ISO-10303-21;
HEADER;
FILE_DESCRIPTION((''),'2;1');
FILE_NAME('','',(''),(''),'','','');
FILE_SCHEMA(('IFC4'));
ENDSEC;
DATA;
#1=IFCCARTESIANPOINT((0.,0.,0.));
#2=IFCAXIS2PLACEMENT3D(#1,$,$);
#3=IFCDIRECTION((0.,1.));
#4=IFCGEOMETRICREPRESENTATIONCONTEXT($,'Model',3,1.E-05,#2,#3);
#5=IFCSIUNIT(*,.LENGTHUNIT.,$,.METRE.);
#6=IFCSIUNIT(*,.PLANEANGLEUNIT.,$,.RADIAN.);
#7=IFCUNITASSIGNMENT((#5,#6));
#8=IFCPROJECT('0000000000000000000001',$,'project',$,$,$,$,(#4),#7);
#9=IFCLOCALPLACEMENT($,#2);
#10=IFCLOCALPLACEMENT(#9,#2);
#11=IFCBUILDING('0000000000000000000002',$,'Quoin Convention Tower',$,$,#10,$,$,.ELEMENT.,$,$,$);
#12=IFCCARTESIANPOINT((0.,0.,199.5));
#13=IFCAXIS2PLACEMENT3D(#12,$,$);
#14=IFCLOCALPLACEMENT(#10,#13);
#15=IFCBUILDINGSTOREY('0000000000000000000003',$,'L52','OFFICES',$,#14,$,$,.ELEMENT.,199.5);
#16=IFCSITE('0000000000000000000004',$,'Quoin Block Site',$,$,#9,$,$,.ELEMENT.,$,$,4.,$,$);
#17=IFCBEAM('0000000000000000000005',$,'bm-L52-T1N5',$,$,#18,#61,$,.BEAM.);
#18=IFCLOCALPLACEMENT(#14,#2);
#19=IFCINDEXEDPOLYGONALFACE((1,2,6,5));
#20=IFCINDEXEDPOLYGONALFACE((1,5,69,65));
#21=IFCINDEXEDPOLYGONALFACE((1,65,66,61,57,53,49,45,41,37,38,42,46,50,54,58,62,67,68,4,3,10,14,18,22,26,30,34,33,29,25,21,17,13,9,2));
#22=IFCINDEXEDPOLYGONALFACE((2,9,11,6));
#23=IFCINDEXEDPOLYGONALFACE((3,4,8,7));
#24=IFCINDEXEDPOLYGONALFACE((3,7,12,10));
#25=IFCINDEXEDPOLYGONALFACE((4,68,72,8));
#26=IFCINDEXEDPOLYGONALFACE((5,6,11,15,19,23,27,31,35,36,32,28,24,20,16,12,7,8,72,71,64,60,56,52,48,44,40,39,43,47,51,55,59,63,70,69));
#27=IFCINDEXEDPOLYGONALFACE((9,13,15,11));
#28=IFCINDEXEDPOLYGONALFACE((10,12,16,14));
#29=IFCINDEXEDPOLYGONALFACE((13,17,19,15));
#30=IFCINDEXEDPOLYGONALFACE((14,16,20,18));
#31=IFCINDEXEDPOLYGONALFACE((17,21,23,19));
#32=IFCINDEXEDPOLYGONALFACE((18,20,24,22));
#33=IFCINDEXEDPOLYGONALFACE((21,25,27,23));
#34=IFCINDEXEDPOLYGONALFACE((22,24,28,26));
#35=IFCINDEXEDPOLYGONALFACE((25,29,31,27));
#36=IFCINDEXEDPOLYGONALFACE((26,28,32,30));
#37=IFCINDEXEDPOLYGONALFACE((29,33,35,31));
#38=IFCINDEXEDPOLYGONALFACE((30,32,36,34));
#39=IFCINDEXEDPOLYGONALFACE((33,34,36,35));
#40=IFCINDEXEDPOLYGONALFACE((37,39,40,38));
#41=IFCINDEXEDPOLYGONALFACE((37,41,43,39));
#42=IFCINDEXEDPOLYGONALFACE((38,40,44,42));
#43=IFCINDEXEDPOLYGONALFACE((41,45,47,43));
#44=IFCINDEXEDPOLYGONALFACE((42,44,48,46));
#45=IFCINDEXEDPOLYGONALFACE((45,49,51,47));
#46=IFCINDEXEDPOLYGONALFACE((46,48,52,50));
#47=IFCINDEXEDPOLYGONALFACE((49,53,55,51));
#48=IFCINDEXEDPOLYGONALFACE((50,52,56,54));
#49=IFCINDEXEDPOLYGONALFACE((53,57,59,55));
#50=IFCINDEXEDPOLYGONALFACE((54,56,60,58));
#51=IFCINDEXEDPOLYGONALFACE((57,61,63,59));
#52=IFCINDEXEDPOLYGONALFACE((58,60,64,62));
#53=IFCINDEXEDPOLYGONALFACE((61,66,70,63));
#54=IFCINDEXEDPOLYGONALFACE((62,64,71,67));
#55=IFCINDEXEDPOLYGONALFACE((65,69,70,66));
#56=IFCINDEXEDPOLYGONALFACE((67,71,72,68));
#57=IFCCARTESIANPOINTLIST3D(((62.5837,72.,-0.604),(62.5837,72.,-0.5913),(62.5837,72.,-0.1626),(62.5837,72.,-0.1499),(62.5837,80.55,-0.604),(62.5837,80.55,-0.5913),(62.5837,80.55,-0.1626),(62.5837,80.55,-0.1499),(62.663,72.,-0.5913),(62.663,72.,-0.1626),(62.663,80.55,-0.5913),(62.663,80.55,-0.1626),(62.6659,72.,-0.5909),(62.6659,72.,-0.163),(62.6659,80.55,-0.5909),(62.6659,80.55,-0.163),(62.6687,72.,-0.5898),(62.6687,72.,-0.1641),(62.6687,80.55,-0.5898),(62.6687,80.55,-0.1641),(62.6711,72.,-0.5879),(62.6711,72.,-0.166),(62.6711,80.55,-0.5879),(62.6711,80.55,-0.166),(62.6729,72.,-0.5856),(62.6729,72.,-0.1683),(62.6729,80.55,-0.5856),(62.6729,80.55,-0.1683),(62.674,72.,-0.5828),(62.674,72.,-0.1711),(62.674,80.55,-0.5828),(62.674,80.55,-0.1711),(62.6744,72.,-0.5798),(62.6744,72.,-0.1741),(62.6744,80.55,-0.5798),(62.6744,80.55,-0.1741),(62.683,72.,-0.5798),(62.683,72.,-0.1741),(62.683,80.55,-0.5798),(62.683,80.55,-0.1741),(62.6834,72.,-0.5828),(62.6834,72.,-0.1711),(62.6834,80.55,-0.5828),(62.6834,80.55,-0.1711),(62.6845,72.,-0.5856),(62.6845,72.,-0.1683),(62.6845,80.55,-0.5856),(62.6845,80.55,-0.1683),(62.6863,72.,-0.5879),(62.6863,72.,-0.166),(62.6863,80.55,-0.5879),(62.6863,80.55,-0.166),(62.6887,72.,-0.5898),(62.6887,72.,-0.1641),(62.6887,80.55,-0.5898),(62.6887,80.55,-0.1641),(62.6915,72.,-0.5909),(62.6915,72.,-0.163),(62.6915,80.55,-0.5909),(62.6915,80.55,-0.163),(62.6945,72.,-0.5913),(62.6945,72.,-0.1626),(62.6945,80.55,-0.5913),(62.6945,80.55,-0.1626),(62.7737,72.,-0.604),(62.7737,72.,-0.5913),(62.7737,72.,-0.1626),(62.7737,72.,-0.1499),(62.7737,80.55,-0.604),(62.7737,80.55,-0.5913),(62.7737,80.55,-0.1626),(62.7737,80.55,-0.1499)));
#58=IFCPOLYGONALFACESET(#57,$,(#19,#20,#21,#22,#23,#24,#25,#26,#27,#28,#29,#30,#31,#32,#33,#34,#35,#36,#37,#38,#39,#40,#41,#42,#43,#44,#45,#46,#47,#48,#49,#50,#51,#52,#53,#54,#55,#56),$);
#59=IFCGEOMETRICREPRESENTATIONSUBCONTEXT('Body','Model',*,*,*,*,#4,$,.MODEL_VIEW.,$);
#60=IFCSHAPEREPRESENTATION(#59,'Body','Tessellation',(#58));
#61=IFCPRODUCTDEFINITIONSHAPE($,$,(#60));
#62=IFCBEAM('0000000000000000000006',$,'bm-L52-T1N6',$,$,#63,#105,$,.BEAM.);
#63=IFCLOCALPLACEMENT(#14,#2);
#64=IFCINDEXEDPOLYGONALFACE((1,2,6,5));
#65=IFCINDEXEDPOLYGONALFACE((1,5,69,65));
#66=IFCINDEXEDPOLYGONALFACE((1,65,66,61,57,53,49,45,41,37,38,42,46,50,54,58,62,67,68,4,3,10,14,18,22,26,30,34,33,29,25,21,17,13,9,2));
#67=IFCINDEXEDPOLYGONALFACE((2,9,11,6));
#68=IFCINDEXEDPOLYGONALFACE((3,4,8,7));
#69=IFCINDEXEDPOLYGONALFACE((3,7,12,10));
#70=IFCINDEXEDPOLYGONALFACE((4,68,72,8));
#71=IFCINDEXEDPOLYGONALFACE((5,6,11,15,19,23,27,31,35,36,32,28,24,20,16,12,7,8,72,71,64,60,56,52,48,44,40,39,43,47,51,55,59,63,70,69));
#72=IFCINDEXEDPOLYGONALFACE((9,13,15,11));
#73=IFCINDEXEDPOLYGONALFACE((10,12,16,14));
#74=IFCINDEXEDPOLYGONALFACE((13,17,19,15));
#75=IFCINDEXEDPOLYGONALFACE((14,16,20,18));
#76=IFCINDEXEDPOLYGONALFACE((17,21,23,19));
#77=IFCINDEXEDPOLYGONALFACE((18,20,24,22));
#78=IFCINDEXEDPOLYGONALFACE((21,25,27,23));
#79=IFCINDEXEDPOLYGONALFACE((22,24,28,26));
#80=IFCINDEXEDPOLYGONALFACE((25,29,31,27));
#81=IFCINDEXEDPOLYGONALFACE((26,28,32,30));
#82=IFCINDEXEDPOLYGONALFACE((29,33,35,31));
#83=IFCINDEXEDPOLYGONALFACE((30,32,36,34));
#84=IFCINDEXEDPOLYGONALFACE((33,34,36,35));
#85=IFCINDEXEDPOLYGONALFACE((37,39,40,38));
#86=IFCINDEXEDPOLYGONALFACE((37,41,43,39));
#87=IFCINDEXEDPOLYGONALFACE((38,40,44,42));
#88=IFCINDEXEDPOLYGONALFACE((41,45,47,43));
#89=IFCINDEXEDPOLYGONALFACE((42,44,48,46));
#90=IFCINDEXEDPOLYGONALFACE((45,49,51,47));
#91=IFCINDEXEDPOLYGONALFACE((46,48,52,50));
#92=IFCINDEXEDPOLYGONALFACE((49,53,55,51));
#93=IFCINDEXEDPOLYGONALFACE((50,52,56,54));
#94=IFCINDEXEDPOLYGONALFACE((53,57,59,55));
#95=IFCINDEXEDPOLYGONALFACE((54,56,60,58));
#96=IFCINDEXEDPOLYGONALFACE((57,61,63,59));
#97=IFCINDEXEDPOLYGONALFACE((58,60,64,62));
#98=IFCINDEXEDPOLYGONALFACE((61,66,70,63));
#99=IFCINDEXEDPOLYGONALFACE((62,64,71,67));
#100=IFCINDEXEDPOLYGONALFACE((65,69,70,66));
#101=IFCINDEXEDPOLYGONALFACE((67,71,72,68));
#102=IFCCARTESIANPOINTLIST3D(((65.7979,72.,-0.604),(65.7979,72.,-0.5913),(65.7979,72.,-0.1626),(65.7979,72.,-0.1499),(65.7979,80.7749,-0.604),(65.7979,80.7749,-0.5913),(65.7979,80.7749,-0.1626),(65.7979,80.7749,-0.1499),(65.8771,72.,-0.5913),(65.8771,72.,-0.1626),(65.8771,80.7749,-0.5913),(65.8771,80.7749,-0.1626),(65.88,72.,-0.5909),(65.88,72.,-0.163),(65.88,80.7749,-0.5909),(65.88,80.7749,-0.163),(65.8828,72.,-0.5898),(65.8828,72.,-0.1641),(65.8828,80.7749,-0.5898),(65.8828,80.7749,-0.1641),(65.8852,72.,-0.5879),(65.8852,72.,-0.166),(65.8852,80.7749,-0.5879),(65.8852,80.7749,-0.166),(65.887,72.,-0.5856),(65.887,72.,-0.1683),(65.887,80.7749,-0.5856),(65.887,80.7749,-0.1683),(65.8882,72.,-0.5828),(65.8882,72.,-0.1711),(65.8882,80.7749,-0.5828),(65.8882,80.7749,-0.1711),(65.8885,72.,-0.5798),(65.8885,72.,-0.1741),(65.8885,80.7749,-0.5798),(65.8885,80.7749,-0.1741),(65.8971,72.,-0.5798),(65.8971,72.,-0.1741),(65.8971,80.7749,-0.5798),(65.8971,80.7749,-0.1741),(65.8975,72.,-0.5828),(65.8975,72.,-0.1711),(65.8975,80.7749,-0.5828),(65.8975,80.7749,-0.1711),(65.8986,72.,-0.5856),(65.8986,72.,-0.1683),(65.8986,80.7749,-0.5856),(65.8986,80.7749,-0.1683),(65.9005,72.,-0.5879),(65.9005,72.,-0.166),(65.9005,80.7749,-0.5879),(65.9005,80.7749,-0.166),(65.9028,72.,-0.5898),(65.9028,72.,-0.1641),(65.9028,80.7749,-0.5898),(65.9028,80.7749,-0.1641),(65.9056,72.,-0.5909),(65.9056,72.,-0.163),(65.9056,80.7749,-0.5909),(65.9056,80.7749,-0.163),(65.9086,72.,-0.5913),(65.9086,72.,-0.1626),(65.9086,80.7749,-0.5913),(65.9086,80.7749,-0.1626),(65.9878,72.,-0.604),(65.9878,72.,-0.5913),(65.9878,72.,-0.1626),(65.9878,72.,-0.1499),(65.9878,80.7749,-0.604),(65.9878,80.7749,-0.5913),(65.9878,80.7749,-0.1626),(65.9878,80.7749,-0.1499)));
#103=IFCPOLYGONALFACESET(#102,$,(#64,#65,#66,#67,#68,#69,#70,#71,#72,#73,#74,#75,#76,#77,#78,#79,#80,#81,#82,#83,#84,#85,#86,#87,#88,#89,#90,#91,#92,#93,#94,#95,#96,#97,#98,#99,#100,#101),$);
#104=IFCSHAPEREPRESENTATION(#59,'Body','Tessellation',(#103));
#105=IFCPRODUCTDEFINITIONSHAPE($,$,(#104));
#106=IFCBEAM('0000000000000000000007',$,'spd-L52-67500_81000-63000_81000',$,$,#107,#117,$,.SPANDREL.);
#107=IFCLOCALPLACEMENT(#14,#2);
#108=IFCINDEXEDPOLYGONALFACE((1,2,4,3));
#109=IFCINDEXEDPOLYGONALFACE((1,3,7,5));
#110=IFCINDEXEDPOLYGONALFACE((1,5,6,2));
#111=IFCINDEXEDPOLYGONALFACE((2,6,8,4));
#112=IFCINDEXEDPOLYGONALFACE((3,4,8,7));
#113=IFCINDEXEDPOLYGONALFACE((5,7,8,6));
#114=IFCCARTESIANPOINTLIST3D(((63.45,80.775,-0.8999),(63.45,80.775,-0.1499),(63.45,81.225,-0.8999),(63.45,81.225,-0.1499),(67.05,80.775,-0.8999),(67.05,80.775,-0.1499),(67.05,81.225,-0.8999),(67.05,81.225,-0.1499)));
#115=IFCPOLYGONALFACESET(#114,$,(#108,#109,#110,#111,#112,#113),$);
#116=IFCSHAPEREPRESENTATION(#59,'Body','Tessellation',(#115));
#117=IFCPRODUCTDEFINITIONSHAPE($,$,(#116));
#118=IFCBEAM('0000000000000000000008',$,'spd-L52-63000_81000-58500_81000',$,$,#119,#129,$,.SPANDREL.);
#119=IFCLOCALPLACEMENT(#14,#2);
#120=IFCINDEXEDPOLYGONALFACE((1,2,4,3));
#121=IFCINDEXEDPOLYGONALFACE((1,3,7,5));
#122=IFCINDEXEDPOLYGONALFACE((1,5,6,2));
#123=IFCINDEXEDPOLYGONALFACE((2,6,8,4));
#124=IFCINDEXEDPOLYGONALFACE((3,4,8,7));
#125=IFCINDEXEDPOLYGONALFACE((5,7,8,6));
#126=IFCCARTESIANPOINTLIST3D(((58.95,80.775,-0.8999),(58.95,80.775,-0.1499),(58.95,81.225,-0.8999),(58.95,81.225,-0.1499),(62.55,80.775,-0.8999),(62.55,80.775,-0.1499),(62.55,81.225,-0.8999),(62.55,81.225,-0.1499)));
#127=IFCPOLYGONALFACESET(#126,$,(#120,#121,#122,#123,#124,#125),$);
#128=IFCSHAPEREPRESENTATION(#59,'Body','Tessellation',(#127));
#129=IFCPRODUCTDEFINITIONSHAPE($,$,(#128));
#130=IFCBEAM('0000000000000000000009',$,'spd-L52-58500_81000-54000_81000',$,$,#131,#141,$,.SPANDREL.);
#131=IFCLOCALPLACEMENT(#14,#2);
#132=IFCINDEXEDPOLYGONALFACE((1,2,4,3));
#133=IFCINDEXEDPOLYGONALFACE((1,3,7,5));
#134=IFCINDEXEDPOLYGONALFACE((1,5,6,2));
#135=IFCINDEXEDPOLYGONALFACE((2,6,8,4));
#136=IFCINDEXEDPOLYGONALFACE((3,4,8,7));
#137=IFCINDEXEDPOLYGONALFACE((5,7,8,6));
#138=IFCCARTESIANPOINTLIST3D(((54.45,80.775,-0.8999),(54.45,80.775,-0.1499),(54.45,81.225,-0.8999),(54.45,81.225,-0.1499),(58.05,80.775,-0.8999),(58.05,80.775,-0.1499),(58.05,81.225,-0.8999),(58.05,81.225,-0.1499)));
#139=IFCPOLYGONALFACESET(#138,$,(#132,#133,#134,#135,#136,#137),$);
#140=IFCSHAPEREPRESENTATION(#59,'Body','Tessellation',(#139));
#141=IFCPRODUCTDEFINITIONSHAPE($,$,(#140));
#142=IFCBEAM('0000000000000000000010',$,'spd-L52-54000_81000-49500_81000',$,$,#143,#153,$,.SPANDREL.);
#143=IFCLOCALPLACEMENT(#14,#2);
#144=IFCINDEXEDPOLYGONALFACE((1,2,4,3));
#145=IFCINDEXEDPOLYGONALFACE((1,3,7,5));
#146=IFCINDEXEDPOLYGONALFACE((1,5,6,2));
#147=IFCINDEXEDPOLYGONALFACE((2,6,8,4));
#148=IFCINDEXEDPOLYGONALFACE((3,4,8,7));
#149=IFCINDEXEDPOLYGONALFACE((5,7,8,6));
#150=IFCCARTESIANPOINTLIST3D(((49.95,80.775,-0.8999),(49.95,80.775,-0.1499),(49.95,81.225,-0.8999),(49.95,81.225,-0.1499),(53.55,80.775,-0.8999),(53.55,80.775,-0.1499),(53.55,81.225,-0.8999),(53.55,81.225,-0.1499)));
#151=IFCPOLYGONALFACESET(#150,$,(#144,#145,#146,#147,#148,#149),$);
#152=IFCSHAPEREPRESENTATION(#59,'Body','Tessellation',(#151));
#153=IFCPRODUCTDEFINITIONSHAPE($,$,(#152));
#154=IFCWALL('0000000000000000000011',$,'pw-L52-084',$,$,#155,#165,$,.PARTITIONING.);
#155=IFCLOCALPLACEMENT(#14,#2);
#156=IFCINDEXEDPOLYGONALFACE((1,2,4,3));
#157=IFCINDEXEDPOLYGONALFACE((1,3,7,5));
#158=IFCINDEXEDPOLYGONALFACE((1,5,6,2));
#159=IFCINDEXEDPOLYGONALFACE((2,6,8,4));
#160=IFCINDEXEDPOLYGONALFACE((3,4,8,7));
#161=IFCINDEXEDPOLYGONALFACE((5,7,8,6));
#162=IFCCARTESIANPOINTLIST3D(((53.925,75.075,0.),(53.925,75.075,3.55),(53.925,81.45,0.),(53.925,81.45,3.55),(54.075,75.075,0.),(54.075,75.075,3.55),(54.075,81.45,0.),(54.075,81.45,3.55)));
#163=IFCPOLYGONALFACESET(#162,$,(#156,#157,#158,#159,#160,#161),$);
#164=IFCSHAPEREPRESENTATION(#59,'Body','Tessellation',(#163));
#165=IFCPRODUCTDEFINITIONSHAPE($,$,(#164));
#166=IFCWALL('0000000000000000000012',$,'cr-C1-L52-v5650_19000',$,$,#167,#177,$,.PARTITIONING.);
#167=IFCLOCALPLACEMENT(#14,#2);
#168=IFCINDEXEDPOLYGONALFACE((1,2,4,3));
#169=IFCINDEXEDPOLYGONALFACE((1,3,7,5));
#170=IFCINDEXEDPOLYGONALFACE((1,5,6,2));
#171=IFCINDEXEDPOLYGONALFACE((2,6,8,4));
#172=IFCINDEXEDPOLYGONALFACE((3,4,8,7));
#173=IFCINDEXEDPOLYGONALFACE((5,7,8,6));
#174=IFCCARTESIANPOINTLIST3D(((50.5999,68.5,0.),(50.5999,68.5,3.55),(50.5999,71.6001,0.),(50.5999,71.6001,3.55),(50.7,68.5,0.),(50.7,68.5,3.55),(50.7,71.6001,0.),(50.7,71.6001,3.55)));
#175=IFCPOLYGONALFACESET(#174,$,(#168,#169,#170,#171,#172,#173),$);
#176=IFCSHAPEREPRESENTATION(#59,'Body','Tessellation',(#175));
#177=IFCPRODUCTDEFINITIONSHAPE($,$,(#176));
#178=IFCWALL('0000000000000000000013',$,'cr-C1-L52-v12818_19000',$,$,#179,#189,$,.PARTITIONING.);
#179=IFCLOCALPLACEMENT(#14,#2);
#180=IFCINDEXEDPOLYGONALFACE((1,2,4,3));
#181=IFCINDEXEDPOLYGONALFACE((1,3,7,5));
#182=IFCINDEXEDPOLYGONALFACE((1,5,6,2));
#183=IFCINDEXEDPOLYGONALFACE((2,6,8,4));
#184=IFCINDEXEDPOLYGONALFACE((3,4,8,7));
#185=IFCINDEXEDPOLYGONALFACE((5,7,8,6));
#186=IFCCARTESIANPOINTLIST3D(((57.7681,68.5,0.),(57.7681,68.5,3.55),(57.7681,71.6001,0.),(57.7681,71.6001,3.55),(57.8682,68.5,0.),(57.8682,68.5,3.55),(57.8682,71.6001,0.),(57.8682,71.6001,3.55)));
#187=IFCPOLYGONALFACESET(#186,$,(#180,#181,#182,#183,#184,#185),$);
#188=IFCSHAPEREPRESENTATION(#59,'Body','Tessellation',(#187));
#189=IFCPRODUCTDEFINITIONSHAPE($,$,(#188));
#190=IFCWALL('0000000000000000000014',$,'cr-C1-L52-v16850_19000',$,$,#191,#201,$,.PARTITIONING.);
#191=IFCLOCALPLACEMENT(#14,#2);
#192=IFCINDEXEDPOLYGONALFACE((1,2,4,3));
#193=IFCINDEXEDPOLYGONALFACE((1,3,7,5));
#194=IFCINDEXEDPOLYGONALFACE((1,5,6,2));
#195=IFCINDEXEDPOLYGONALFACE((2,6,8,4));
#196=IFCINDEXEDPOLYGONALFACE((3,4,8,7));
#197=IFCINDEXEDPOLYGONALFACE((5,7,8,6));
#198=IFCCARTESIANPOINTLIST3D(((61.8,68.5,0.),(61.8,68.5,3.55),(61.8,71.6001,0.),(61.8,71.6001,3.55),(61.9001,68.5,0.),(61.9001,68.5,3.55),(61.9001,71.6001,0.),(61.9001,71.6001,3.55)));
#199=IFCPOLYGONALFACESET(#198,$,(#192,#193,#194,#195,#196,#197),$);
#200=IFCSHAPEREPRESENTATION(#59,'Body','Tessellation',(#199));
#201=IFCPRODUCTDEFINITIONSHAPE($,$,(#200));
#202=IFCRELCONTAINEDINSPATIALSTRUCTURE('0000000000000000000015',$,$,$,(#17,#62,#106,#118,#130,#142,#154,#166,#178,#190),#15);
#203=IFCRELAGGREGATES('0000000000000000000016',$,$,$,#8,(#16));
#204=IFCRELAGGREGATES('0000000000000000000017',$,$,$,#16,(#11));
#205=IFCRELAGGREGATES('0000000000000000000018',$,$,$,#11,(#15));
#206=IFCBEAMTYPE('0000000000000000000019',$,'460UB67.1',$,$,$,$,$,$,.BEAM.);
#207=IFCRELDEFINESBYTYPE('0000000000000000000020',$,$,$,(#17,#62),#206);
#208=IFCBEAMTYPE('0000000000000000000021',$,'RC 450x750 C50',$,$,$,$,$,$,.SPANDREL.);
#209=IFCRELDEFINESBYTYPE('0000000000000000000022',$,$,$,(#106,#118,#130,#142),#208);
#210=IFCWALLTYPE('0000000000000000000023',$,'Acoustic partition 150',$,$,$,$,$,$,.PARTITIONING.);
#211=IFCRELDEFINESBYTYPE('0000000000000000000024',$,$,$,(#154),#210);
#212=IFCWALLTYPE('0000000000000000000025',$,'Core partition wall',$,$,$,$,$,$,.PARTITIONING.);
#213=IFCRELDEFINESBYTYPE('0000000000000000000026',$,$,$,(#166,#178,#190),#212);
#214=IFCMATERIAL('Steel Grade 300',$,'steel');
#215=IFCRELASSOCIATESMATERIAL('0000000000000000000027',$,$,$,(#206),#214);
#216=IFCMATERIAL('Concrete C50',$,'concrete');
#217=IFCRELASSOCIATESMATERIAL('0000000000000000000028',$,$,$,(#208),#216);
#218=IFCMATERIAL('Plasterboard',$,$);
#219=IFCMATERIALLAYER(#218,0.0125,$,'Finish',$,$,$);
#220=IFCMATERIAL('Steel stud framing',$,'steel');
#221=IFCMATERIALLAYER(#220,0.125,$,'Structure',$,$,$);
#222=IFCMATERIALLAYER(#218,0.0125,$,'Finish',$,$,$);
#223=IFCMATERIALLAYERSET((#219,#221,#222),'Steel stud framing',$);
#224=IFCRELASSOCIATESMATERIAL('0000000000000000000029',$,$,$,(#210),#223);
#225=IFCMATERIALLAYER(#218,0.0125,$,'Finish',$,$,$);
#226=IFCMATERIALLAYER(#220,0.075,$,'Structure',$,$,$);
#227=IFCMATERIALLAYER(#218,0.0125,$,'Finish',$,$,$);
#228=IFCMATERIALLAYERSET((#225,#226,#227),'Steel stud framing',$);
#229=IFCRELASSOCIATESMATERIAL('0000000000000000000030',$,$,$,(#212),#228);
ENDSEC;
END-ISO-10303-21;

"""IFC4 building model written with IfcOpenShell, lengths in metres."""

from ifc_helpers import new_model, si_unit, direction, frame, frame_2d, origin, origin_2d, place, context, subcontext, project, spatial, rectangle, i_section, extrude, material, layer, layer_set, material_profile, profile_set, type_object, element, save


model = new_model("IFC4")

# Units and contexts
model_context = context("Model", 3, precision=1e-05, world=origin(), true_north=direction((0.0, 1.0)))
body_context = subcontext(model_context, "Body", "Model", "MODEL_VIEW")
ifc_project = project(units=[si_unit("LENGTHUNIT", "METRE"), si_unit("PLANEANGLEUNIT", "RADIAN")], contexts=[model_context])

# Site, building, storey
site_placement = place(None, origin())
site = spatial("IfcSite", under=ifc_project, at=site_placement, Name="Quoin Block Site", CompositionType="ELEMENT", RefElevation=4.0)
building_placement = place(site_placement, origin())
building = spatial("IfcBuilding", under=site, at=building_placement, Name="Quoin Convention Tower", CompositionType="ELEMENT")
storey_placement = place(building_placement, frame((0.0, 0.0, 199.5)))
storey = spatial("IfcBuildingStorey", under=building, at=storey_placement, Name="L52", Description="OFFICES", CompositionType="ELEMENT", Elevation=199.5)

# Shared definitions
ifc_material_1 = material(Name="Concrete C50", Category="concrete")

# Beams
ifc_material_2 = material(Name="Steel Grade 300", Category="steel")
ifc_material_profile_1 = material_profile(ifc_material_2, i_section(OverallWidth=0.1899, OverallDepth=0.4541, WebThickness=0.0085, FlangeThickness=0.0127, FilletRadius=0.0115, at=origin_2d()), Name="460UB67.1")
ifc_profile_set_1 = profile_set([ifc_material_profile_1], Name="Steel Grade 300")
beam_type_1 = type_object("IfcBeamType", Name="460UB67.1", PredefinedType="BEAM", material=ifc_profile_set_1)
beam_1_placement = place(storey_placement, frame((62.6787, 72.0, -0.377), z_axis=(0.0, 1.0, 0.0), x_axis=(-1.0, 0.0, 0.0)))
element("IfcBeam", 1, at=beam_1_placement, inside=storey, type_object=beam_type_1, Name="bm-L52-T1N5", PredefinedType="BEAM", context=body_context, shape_type="SweptSolid", body=[
    extrude(i_section(OverallWidth=0.1899, OverallDepth=0.4541, WebThickness=0.0085, FlangeThickness=0.0127, FilletRadius=0.0115, at=origin_2d()), origin(), (0.0, 0.0, 1.0), 8.55),
])
beam_2_placement = place(storey_placement, frame((65.8928, 72.0, -0.377), z_axis=(0.0, 1.0, 0.0), x_axis=(-1.0, 0.0, 0.0)))
element("IfcBeam", 2, at=beam_2_placement, inside=storey, type_object=beam_type_1, Name="bm-L52-T1N6", PredefinedType="BEAM", context=body_context, shape_type="SweptSolid", body=[
    extrude(i_section(OverallWidth=0.1899, OverallDepth=0.4541, WebThickness=0.0085, FlangeThickness=0.0127, FilletRadius=0.0115, at=origin_2d()), origin(), (0.0, 0.0, 1.0), 8.7749),
])
ifc_material_profile_2 = material_profile(ifc_material_1, rectangle(XDim=0.45, YDim=0.75, at=origin_2d()), Name="RC 450x750")
ifc_profile_set_2 = profile_set([ifc_material_profile_2], Name="Concrete C50")
beam_type_2 = type_object("IfcBeamType", Name="RC 450x750 C50", PredefinedType="SPANDREL", material=ifc_profile_set_2)
for number, where, z_axis, x_axis, name in (
    (3, (67.05, 81.0, -0.5249), (-1.0, 0.0, 0.0), (0.0, -1.0, 0.0), "spd-L52-67500_81000-63000_81000"),
    (4, (62.55, 81.0, -0.5249), (-1.0, 0.0, 0.0), (0.0, -1.0, 0.0), "spd-L52-63000_81000-58500_81000"),
    (5, (58.05, 81.0, -0.5249), (-1.0, 0.0, 0.0), (0.0, -1.0, 0.0), "spd-L52-58500_81000-54000_81000"),
    (6, (53.55, 81.0, -0.5249), (-1.0, 0.0, 0.0), (0.0, -1.0, 0.0), "spd-L52-54000_81000-49500_81000"),
):
    element("IfcBeam", number, at=place(storey_placement, frame(where, z_axis=z_axis, x_axis=x_axis)), inside=storey, type_object=beam_type_2, Name=name, PredefinedType="SPANDREL", context=body_context, shape_type="SweptSolid", body=[
        extrude(rectangle(XDim=0.45, YDim=0.75, at=origin_2d()), origin(), (0.0, 0.0, 1.0), 3.6001),
    ])

# Walls
ifc_material_3 = material(Name="Plasterboard")
ifc_layer_1 = layer(ifc_material_3, 0.0125, Name="Finish")
ifc_material_4 = material(Name="Steel stud framing", Category="steel")
ifc_layer_2 = layer(ifc_material_4, 0.125, Name="Structure")
ifc_layer_3 = layer(ifc_material_3, 0.0125, Name="Finish")
ifc_layer_set_1 = layer_set([ifc_layer_1, ifc_layer_2, ifc_layer_3], Name="Steel stud framing")
wall_type_1 = type_object("IfcWallType", Name="Acoustic partition 150", PredefinedType="PARTITIONING", material=ifc_layer_set_1)
wall_1_placement = place(storey_placement, frame((54.0, 75.075, 0.0), z_axis=(0.0, 0.0, 1.0), x_axis=(0.0, 1.0, 0.0)))
element("IfcWall", 7, at=wall_1_placement, inside=storey, type_object=wall_type_1, Name="pw-L52-084", PredefinedType="PARTITIONING", context=body_context, shape_type="SweptSolid", body=[
    extrude(rectangle(XDim=6.375, YDim=0.1499, at=frame_2d((3.1875, 0.0))), origin(), (0.0, 0.0, 1.0), 3.55),
])
ifc_layer_4 = layer(ifc_material_3, 0.0125, Name="Finish")
ifc_layer_5 = layer(ifc_material_4, 0.075, Name="Structure")
ifc_layer_6 = layer(ifc_material_3, 0.0125, Name="Finish")
ifc_layer_set_2 = layer_set([ifc_layer_4, ifc_layer_5, ifc_layer_6], Name="Steel stud framing")
wall_type_2 = type_object("IfcWallType", Name="Core partition wall", PredefinedType="PARTITIONING", material=ifc_layer_set_2)
for number, where, z_axis, x_axis, name in (
    (8, (50.6499, 68.5, 0.0), (0.0, 0.0, 1.0), (0.0, 1.0, 0.0), "cr-C1-L52-v5650_19000"),
    (9, (57.8181, 68.5, 0.0), (0.0, 0.0, 1.0), (0.0, 1.0, 0.0), "cr-C1-L52-v12818_19000"),
    (10, (61.8501, 68.5, 0.0), (0.0, 0.0, 1.0), (0.0, 1.0, 0.0), "cr-C1-L52-v16850_19000"),
):
    element("IfcWall", number, at=place(storey_placement, frame(where, z_axis=z_axis, x_axis=x_axis)), inside=storey, type_object=wall_type_2, Name=name, PredefinedType="PARTITIONING", context=body_context, shape_type="SweptSolid", body=[
        extrude(rectangle(XDim=3.1001, YDim=0.1001, at=frame_2d((1.55, 0.0))), origin(), (0.0, 0.0, 1.0), 3.55),
    ])

save(model, "model.ifc")
